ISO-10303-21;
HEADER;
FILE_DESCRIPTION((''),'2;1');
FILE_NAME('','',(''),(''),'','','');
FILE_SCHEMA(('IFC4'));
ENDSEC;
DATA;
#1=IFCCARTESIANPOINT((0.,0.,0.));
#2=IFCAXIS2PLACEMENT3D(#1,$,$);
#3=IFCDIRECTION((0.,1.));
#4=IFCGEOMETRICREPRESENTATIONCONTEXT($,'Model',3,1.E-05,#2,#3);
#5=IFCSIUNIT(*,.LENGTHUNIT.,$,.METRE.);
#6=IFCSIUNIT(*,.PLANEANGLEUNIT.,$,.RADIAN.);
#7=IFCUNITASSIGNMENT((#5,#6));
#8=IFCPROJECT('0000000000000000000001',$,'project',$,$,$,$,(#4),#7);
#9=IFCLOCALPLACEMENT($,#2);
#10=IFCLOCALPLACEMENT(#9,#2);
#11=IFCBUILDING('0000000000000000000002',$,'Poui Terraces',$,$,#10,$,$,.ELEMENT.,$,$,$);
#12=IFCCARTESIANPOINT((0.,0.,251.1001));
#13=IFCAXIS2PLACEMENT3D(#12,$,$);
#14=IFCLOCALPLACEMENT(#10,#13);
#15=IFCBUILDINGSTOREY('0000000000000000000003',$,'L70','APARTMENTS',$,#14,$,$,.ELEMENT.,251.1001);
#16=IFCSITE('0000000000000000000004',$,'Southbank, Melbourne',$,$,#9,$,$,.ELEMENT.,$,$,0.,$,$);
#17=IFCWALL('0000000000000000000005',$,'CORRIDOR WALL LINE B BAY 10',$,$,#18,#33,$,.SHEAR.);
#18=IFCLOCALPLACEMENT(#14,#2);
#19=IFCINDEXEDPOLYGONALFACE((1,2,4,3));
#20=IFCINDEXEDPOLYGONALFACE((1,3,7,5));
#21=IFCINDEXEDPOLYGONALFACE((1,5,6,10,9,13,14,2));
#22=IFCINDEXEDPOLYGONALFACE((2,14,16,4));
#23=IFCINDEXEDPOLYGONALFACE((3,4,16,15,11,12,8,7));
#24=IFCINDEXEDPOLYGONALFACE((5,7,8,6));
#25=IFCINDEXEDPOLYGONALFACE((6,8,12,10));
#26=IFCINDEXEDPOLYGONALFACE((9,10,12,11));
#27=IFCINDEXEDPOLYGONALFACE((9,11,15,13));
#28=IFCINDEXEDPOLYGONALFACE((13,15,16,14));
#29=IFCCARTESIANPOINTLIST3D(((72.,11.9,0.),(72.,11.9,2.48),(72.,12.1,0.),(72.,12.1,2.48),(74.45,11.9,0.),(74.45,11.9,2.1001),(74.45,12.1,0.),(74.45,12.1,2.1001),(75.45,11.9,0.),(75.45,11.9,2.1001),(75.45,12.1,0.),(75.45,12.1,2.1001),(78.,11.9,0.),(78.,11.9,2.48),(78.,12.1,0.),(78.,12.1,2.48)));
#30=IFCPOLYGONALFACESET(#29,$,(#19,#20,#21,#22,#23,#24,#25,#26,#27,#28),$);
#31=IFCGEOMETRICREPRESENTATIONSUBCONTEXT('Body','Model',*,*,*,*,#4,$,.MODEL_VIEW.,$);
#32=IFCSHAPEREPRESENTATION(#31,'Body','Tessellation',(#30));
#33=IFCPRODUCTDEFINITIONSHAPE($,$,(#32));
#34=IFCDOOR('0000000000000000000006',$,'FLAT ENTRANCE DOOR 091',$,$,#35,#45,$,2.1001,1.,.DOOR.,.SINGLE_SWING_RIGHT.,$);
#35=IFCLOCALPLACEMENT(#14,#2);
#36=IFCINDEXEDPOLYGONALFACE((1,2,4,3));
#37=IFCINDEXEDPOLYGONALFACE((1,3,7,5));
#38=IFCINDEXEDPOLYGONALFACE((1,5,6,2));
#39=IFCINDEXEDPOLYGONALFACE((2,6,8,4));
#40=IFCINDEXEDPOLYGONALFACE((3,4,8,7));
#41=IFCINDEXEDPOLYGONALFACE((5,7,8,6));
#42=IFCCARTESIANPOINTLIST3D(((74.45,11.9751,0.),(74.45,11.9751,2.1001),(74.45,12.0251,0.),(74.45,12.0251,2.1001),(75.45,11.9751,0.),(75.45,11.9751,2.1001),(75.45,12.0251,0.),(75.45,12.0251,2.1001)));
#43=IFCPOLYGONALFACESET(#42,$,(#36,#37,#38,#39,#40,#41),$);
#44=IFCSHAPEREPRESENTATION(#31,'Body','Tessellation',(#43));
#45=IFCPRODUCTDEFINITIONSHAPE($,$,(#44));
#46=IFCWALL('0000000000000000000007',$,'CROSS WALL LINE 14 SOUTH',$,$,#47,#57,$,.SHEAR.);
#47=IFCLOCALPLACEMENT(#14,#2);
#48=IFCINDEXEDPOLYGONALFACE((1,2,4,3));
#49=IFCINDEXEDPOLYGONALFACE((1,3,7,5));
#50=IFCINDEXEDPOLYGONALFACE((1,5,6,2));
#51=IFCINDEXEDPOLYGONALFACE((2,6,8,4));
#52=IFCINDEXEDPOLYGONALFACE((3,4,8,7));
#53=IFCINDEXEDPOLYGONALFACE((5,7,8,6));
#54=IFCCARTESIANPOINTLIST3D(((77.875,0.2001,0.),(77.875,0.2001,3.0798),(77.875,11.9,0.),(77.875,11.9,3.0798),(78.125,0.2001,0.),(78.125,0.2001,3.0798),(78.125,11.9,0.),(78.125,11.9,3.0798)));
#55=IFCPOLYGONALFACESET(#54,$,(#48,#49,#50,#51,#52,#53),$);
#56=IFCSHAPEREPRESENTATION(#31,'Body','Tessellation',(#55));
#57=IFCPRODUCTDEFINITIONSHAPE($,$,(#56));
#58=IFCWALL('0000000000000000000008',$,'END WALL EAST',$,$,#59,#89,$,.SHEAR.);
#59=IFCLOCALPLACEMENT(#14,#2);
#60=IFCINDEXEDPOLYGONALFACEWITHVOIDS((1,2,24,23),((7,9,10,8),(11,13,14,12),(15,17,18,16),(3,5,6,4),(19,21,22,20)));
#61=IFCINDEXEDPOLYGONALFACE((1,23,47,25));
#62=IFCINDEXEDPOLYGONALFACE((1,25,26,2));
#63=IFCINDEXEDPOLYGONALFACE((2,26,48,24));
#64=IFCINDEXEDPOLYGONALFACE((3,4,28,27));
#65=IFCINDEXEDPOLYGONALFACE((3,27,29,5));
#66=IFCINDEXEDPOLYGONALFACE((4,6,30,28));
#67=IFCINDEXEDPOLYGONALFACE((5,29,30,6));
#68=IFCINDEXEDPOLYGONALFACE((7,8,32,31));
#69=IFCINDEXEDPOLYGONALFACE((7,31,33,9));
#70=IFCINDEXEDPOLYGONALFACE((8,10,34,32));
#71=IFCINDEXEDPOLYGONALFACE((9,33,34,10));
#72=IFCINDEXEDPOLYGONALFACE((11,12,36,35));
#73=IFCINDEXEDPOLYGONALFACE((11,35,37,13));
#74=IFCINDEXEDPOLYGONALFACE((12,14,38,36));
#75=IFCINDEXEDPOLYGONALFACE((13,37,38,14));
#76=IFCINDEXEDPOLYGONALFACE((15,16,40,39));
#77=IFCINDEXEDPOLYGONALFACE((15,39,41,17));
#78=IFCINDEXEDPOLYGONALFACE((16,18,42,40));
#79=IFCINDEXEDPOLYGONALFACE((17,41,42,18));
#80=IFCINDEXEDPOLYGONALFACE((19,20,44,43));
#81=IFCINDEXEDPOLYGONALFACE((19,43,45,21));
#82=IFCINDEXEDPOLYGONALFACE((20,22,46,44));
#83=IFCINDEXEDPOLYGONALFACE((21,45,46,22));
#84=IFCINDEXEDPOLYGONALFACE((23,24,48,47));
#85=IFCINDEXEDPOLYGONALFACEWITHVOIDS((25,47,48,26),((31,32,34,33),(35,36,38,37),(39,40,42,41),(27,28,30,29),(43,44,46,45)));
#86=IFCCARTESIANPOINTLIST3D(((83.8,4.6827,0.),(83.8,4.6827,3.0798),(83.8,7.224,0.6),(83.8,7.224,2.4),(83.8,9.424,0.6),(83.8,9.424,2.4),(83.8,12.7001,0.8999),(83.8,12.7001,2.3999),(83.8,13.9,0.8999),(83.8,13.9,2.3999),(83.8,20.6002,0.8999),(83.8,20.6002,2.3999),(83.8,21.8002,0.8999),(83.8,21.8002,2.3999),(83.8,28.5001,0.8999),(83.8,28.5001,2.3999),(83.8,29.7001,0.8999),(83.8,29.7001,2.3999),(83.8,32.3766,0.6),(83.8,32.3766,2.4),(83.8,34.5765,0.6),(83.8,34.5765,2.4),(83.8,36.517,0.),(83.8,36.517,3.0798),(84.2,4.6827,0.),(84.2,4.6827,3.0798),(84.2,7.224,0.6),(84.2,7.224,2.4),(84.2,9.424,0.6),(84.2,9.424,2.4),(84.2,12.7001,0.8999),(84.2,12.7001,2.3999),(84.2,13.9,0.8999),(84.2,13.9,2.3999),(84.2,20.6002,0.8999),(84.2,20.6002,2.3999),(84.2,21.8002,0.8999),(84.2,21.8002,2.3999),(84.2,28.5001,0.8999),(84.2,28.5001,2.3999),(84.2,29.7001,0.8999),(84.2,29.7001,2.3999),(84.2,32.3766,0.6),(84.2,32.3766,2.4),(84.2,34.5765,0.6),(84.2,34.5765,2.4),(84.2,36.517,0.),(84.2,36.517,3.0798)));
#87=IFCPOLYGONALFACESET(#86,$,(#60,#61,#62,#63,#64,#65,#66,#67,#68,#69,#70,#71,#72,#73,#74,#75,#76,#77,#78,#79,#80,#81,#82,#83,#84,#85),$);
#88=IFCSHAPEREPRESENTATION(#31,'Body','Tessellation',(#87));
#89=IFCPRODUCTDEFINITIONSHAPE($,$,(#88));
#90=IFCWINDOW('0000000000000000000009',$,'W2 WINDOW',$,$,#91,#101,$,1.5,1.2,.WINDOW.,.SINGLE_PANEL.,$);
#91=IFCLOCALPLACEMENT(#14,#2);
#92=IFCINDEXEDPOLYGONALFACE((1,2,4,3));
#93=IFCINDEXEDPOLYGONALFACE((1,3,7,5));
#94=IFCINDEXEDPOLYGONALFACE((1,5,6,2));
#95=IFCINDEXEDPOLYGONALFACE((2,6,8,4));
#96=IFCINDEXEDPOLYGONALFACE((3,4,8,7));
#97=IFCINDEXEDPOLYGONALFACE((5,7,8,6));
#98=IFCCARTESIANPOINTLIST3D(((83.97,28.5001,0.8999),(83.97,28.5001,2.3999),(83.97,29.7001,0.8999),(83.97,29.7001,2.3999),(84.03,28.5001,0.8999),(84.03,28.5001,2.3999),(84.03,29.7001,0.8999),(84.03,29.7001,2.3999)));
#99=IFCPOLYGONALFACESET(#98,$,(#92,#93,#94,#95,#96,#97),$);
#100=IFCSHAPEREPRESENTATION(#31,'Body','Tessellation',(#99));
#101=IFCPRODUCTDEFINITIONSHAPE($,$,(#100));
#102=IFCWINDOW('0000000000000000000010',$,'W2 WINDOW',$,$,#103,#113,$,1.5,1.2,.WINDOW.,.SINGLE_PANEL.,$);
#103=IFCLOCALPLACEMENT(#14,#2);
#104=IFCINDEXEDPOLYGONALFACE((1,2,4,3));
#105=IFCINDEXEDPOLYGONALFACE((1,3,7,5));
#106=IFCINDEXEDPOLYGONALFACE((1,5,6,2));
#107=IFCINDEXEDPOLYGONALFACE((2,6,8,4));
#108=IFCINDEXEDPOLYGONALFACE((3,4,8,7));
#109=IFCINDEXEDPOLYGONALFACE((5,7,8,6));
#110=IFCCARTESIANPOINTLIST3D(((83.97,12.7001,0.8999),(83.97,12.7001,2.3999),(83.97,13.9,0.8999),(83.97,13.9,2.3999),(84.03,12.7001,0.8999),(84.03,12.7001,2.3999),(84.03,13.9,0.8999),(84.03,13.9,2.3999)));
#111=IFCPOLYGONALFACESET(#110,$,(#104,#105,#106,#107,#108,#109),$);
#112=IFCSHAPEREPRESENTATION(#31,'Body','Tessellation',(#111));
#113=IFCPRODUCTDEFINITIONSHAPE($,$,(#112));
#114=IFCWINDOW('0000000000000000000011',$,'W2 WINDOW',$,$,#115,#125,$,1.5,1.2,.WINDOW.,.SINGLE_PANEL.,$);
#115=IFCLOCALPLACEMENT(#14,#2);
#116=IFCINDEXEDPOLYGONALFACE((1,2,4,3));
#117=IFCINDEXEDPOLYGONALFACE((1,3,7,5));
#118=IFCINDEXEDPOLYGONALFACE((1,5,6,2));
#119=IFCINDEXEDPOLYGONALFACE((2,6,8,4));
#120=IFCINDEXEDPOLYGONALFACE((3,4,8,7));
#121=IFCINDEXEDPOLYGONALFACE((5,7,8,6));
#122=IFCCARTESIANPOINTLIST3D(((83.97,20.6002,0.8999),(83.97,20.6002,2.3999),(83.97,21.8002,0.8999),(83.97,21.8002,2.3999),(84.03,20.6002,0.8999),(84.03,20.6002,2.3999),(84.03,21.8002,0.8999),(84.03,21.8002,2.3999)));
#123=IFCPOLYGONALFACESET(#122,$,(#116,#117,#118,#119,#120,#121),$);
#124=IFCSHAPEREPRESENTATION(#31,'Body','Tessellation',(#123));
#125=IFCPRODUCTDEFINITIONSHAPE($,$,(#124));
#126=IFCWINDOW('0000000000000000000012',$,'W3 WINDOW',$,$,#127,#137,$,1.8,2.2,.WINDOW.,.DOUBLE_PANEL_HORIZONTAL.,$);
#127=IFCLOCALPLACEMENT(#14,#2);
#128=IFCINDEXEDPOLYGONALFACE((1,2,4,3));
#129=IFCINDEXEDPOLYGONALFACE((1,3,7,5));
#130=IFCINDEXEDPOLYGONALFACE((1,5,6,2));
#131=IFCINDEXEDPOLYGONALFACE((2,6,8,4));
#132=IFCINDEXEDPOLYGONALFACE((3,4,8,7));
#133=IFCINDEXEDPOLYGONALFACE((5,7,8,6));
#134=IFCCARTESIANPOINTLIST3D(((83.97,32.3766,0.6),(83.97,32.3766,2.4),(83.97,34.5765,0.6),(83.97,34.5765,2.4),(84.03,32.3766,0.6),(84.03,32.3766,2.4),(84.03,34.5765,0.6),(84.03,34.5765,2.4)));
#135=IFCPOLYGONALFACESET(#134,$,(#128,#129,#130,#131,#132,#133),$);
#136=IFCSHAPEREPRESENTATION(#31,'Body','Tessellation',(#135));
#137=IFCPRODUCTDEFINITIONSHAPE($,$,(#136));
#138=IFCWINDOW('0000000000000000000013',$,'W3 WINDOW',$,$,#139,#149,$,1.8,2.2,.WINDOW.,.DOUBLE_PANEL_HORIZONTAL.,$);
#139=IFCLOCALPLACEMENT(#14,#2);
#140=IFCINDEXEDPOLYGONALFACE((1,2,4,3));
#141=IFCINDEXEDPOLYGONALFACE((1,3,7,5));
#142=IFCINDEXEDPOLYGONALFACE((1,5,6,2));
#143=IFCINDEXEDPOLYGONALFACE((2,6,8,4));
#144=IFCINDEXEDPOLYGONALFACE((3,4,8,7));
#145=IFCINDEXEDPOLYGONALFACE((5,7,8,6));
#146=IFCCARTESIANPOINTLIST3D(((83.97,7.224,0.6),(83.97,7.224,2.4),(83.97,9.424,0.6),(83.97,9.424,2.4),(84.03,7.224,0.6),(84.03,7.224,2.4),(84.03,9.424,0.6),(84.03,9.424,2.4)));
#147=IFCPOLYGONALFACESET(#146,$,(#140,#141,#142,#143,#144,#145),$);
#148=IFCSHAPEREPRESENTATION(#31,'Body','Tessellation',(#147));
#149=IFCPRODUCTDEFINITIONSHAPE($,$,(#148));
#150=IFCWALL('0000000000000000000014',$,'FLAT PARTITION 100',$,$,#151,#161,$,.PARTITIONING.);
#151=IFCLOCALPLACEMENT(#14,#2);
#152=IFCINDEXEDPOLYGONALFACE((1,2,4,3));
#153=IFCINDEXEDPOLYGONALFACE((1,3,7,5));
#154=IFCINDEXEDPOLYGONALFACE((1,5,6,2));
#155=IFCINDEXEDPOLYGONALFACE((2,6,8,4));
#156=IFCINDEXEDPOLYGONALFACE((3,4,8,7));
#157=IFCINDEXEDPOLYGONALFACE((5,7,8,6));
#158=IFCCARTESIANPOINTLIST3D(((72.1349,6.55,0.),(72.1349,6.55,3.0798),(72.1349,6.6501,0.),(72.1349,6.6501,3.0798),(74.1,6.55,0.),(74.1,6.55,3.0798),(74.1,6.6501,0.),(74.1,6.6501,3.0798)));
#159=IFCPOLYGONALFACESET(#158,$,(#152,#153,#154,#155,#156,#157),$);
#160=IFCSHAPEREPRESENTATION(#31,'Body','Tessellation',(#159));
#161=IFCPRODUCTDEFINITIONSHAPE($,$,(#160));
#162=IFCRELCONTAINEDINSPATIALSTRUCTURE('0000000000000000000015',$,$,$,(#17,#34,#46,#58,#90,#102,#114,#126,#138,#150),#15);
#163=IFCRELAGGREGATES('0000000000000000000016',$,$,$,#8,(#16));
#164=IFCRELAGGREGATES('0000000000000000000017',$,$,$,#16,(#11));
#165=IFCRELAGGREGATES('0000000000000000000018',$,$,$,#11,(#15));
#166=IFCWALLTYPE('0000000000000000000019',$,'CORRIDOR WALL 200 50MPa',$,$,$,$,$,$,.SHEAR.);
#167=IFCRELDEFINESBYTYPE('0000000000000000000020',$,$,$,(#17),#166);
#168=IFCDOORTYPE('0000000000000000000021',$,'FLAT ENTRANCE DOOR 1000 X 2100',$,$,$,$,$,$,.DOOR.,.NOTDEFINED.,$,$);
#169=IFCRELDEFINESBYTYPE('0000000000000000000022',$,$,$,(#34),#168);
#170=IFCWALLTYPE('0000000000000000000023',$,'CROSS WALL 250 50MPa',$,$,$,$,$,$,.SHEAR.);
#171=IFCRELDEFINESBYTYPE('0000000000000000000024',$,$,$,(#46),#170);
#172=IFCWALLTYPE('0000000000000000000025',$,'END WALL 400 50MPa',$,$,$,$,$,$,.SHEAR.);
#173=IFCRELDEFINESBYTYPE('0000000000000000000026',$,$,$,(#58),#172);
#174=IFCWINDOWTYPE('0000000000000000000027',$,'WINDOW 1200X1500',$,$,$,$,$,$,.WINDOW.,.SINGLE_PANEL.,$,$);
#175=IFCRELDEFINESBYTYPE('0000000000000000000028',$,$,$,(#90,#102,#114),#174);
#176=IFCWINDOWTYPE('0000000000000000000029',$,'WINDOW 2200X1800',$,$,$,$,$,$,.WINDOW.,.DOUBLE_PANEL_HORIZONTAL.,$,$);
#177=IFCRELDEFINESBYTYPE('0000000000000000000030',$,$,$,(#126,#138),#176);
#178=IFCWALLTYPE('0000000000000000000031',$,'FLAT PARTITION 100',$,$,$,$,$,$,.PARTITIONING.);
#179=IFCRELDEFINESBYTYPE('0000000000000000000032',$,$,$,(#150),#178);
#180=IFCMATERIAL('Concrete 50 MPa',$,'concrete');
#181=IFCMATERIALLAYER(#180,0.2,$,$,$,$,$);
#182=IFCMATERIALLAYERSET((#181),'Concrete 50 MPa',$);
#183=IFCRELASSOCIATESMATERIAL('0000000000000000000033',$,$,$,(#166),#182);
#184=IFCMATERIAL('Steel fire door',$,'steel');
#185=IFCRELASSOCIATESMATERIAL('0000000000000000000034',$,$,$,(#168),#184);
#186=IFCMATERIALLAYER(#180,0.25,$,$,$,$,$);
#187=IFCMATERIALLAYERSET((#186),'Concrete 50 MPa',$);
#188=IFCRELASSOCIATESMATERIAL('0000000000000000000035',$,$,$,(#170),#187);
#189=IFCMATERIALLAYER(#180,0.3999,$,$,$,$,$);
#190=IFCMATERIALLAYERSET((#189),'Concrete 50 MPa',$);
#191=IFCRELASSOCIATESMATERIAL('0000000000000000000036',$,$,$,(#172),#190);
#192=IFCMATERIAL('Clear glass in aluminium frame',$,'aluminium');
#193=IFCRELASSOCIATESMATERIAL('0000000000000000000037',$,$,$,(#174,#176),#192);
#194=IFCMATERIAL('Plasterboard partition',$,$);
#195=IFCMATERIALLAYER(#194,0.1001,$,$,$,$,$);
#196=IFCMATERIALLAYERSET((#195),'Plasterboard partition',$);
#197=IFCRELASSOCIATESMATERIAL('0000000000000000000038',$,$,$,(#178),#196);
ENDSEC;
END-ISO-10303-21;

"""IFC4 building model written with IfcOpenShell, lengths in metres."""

from ifc_helpers import new_model, si_unit, direction, frame, frame_2d, origin, place, context, subcontext, project, spatial, rectangle, extrude, material, layer, layer_set, type_object, element, fill, save


model = new_model("IFC4")

# Units and contexts
model_context = context("Model", 3, precision=1e-05, world=origin(), true_north=direction((0.0, 1.0)))
body_context = subcontext(model_context, "Body", "Model", "MODEL_VIEW")
ifc_project = project(units=[si_unit("LENGTHUNIT", "METRE"), si_unit("PLANEANGLEUNIT", "RADIAN")], contexts=[model_context])

# Site, building, storey
site_placement = place(None, origin())
site = spatial("IfcSite", under=ifc_project, at=site_placement, Name="Southbank, Melbourne", CompositionType="ELEMENT", RefElevation=0.0)
building_placement = place(site_placement, origin())
building = spatial("IfcBuilding", under=site, at=building_placement, Name="Poui Terraces", CompositionType="ELEMENT")
storey_placement = place(building_placement, frame((0.0, 0.0, 251.1001)))
storey = spatial("IfcBuildingStorey", under=building, at=storey_placement, Name="L70", Description="APARTMENTS", CompositionType="ELEMENT", Elevation=251.1001)

# Wall, opening, door
ifc_material_1 = material(Name="Concrete 50 MPa", Category="concrete")
ifc_layer_1 = layer(ifc_material_1, 0.2)
ifc_layer_set_1 = layer_set([ifc_layer_1], Name="Concrete 50 MPa")
wall_type_1 = type_object("IfcWallType", Name="CORRIDOR WALL 200 50MPa", PredefinedType="SHEAR", material=ifc_layer_set_1)
wall_1_placement = place(storey_placement, frame((72.0, 12.0, 0.0), z_axis=(0.0, 0.0, 1.0), x_axis=(1.0, 0.0, 0.0)))
wall_1 = element("IfcWall", 1, at=wall_1_placement, inside=storey, type_object=wall_type_1, Name="CORRIDOR WALL LINE B BAY 10", PredefinedType="SHEAR", context=body_context, shape_type="SweptSolid", body=[
    extrude(rectangle(XDim=6.0, YDim=0.2, at=frame_2d((3.0, 0.0))), origin(), (0.0, 0.0, 1.0), 2.48),
])
opening_1_placement = place(wall_1_placement, frame((2.45, 0.0, 0.0)))
opening_1 = element("IfcOpeningElement", 2, at=opening_1_placement, cuts=wall_1, PredefinedType="OPENING", context=body_context, shape_type="SweptSolid", body=[
    extrude(rectangle(XDim=1.0, YDim=2.1001, at=frame_2d((0.5, 1.05))), frame((0.0, 0.1099, 0.0), z_axis=(0.0, -1.0, 0.0), x_axis=(1.0, 0.0, 0.0)), (0.0, 0.0, 1.0), 0.22),
])
ifc_material_2 = material(Name="Steel fire door", Category="steel")
door_type_1 = type_object("IfcDoorType", Name="FLAT ENTRANCE DOOR 1000 X 2100", OperationType="NOTDEFINED", PredefinedType="DOOR", material=ifc_material_2)
door_1_placement = place(opening_1_placement, frame((1.0, 0.0, 0.0), z_axis=(0.0, 0.0, 1.0), x_axis=(-1.0, 0.0, 0.0)))
door_1 = element("IfcDoor", 3, at=door_1_placement, inside=storey, type_object=door_type_1, Name="FLAT ENTRANCE DOOR 091", OperationType="SINGLE_SWING_RIGHT", OverallHeight=2.1001, OverallWidth=1.0, PredefinedType="DOOR", context=body_context, shape_type="SweptSolid", body=[
    extrude(rectangle(XDim=1.0, YDim=2.1001, at=frame_2d((0.5, 1.05))), frame((0.0, 0.0249, 0.0), z_axis=(0.0, -1.0, 0.0), x_axis=(1.0, 0.0, 0.0)), (0.0, 0.0, 1.0), 0.05),
])
fill(opening_1, door_1)

# Wall
ifc_layer_2 = layer(ifc_material_1, 0.25)
ifc_layer_set_2 = layer_set([ifc_layer_2], Name="Concrete 50 MPa")
wall_type_2 = type_object("IfcWallType", Name="CROSS WALL 250 50MPa", PredefinedType="SHEAR", material=ifc_layer_set_2)
wall_2_placement = place(storey_placement, frame((78.0, 0.2, 0.0), z_axis=(0.0, 0.0, 1.0), x_axis=(0.0, 1.0, 0.0)))
element("IfcWall", 4, at=wall_2_placement, inside=storey, type_object=wall_type_2, Name="CROSS WALL LINE 14 SOUTH", PredefinedType="SHEAR", context=body_context, shape_type="SweptSolid", body=[
    extrude(rectangle(XDim=11.7, YDim=0.25, at=frame_2d((5.8501, 0.0))), origin(), (0.0, 0.0, 1.0), 3.0798),
])

# Wall, openings, windows
ifc_layer_3 = layer(ifc_material_1, 0.3999)
ifc_layer_set_3 = layer_set([ifc_layer_3], Name="Concrete 50 MPa")
wall_type_3 = type_object("IfcWallType", Name="END WALL 400 50MPa", PredefinedType="SHEAR", material=ifc_layer_set_3)
wall_3_placement = place(storey_placement, frame((84.0, 4.6829, 0.0), z_axis=(0.0, 0.0, 1.0), x_axis=(0.0, 1.0, 0.0)))
wall_3 = element("IfcWall", 5, at=wall_3_placement, inside=storey, type_object=wall_type_3, Name="END WALL EAST", PredefinedType="SHEAR", context=body_context, shape_type="SweptSolid", body=[
    extrude(rectangle(XDim=31.8342, YDim=0.3999, at=frame_2d((15.917, 0.0))), origin(), (0.0, 0.0, 1.0), 3.0798),
])
opening_2_placement = place(wall_3_placement, frame((23.8171, 0.0, 0.8999)))
opening_2 = element("IfcOpeningElement", 6, at=opening_2_placement, cuts=wall_3, PredefinedType="OPENING", context=body_context, shape_type="SweptSolid", body=[
    extrude(rectangle(XDim=1.2, YDim=1.5, at=frame_2d((0.6001, 0.75))), frame((0.0, 0.21, 0.0), z_axis=(0.0, -1.0, 0.0), x_axis=(1.0, 0.0, 0.0)), (0.0, 0.0, 1.0), 0.4199),
])
opening_3_placement = place(wall_3_placement, frame((8.0171, 0.0, 0.8999)))
opening_3 = element("IfcOpeningElement", 7, at=opening_3_placement, cuts=wall_3, PredefinedType="OPENING", context=body_context, shape_type="SweptSolid", body=[
    extrude(rectangle(XDim=1.2, YDim=1.5, at=frame_2d((0.6001, 0.75))), frame((0.0, 0.21, 0.0), z_axis=(0.0, -1.0, 0.0), x_axis=(1.0, 0.0, 0.0)), (0.0, 0.0, 1.0), 0.4199),
])
opening_4_placement = place(wall_3_placement, frame((27.6936, 0.0, 0.6001)))
opening_4 = element("IfcOpeningElement", 8, at=opening_4_placement, cuts=wall_3, PredefinedType="OPENING", context=body_context, shape_type="SweptSolid", body=[
    extrude(rectangle(XDim=2.2, YDim=1.8, at=frame_2d((1.1001, 0.8999))), frame((0.0, 0.21, 0.0), z_axis=(0.0, -1.0, 0.0), x_axis=(1.0, 0.0, 0.0)), (0.0, 0.0, 1.0), 0.4199),
])
opening_5_placement = place(wall_3_placement, frame((2.541, 0.0, 0.6001)))
opening_5 = element("IfcOpeningElement", 9, at=opening_5_placement, cuts=wall_3, PredefinedType="OPENING", context=body_context, shape_type="SweptSolid", body=[
    extrude(rectangle(XDim=2.2, YDim=1.8, at=frame_2d((1.1001, 0.8999))), frame((0.0, 0.21, 0.0), z_axis=(0.0, -1.0, 0.0), x_axis=(1.0, 0.0, 0.0)), (0.0, 0.0, 1.0), 0.4199),
])
opening_6_placement = place(wall_3_placement, frame((15.9172, 0.0, 0.8999)))
opening_6 = element("IfcOpeningElement", 10, at=opening_6_placement, cuts=wall_3, PredefinedType="OPENING", context=body_context, shape_type="SweptSolid", body=[
    extrude(rectangle(XDim=1.2, YDim=1.5, at=frame_2d((0.6001, 0.75))), frame((0.0, 0.21, 0.0), z_axis=(0.0, -1.0, 0.0), x_axis=(1.0, 0.0, 0.0)), (0.0, 0.0, 1.0), 0.4199),
])
ifc_material_3 = material(Name="Clear glass in aluminium frame", Category="aluminium")
window_type_1 = type_object("IfcWindowType", Name="WINDOW 1200X1500", PartitioningType="SINGLE_PANEL", PredefinedType="WINDOW", material=ifc_material_3)
window_1_placement = place(opening_2_placement, origin())
window_1 = element("IfcWindow", 11, at=window_1_placement, inside=storey, type_object=window_type_1, Name="W2 WINDOW", OverallHeight=1.5, OverallWidth=1.2, PartitioningType="SINGLE_PANEL", PredefinedType="WINDOW", context=body_context, shape_type="SweptSolid", body=[
    extrude(rectangle(XDim=1.2, YDim=1.5, at=frame_2d((0.6001, 0.75))), frame((0.0, 0.03, 0.0), z_axis=(0.0, -1.0, 0.0), x_axis=(1.0, 0.0, 0.0)), (0.0, 0.0, 1.0), 0.0601),
])
fill(opening_2, window_1)
window_2_placement = place(opening_3_placement, origin())
window_2 = element("IfcWindow", 12, at=window_2_placement, inside=storey, type_object=window_type_1, Name="W2 WINDOW", OverallHeight=1.5, OverallWidth=1.2, PartitioningType="SINGLE_PANEL", PredefinedType="WINDOW", context=body_context, shape_type="SweptSolid", body=[
    extrude(rectangle(XDim=1.2, YDim=1.5, at=frame_2d((0.6001, 0.75))), frame((0.0, 0.03, 0.0), z_axis=(0.0, -1.0, 0.0), x_axis=(1.0, 0.0, 0.0)), (0.0, 0.0, 1.0), 0.0601),
])
fill(opening_3, window_2)
window_3_placement = place(opening_6_placement, origin())
window_3 = element("IfcWindow", 13, at=window_3_placement, inside=storey, type_object=window_type_1, Name="W2 WINDOW", OverallHeight=1.5, OverallWidth=1.2, PartitioningType="SINGLE_PANEL", PredefinedType="WINDOW", context=body_context, shape_type="SweptSolid", body=[
    extrude(rectangle(XDim=1.2, YDim=1.5, at=frame_2d((0.6001, 0.75))), frame((0.0, 0.03, 0.0), z_axis=(0.0, -1.0, 0.0), x_axis=(1.0, 0.0, 0.0)), (0.0, 0.0, 1.0), 0.0601),
])
fill(opening_6, window_3)
window_type_2 = type_object("IfcWindowType", Name="WINDOW 2200X1800", PartitioningType="DOUBLE_PANEL_HORIZONTAL", PredefinedType="WINDOW", material=ifc_material_3)
window_4_placement = place(opening_4_placement, origin())
window_4 = element("IfcWindow", 14, at=window_4_placement, inside=storey, type_object=window_type_2, Name="W3 WINDOW", OverallHeight=1.8, OverallWidth=2.2, PartitioningType="DOUBLE_PANEL_HORIZONTAL", PredefinedType="WINDOW", context=body_context, shape_type="SweptSolid", body=[
    extrude(rectangle(XDim=2.2, YDim=1.8, at=frame_2d((1.1001, 0.8999))), frame((0.0, 0.03, 0.0), z_axis=(0.0, -1.0, 0.0), x_axis=(1.0, 0.0, 0.0)), (0.0, 0.0, 1.0), 0.0601),
])
fill(opening_4, window_4)
window_5_placement = place(opening_5_placement, origin())
window_5 = element("IfcWindow", 15, at=window_5_placement, inside=storey, type_object=window_type_2, Name="W3 WINDOW", OverallHeight=1.8, OverallWidth=2.2, PartitioningType="DOUBLE_PANEL_HORIZONTAL", PredefinedType="WINDOW", context=body_context, shape_type="SweptSolid", body=[
    extrude(rectangle(XDim=2.2, YDim=1.8, at=frame_2d((1.1001, 0.8999))), frame((0.0, 0.03, 0.0), z_axis=(0.0, -1.0, 0.0), x_axis=(1.0, 0.0, 0.0)), (0.0, 0.0, 1.0), 0.0601),
])
fill(opening_5, window_5)

# Wall
ifc_material_4 = material(Name="Plasterboard partition")
ifc_layer_4 = layer(ifc_material_4, 0.1001)
ifc_layer_set_4 = layer_set([ifc_layer_4], Name="Plasterboard partition")
wall_type_4 = type_object("IfcWallType", Name="FLAT PARTITION 100", PredefinedType="PARTITIONING", material=ifc_layer_set_4)
wall_4_placement = place(storey_placement, frame((72.135, 6.6001, 0.0), z_axis=(0.0, 0.0, 1.0), x_axis=(1.0, 0.0, 0.0)))
element("IfcWall", 16, at=wall_4_placement, inside=storey, type_object=wall_type_4, Name="FLAT PARTITION 100", PredefinedType="PARTITIONING", context=body_context, shape_type="SweptSolid", body=[
    extrude(rectangle(XDim=1.9651, YDim=0.1001, at=frame_2d((0.9824, 0.0))), origin(), (0.0, 0.0, 1.0), 3.0798),
])

save(model, "model.ifc")
